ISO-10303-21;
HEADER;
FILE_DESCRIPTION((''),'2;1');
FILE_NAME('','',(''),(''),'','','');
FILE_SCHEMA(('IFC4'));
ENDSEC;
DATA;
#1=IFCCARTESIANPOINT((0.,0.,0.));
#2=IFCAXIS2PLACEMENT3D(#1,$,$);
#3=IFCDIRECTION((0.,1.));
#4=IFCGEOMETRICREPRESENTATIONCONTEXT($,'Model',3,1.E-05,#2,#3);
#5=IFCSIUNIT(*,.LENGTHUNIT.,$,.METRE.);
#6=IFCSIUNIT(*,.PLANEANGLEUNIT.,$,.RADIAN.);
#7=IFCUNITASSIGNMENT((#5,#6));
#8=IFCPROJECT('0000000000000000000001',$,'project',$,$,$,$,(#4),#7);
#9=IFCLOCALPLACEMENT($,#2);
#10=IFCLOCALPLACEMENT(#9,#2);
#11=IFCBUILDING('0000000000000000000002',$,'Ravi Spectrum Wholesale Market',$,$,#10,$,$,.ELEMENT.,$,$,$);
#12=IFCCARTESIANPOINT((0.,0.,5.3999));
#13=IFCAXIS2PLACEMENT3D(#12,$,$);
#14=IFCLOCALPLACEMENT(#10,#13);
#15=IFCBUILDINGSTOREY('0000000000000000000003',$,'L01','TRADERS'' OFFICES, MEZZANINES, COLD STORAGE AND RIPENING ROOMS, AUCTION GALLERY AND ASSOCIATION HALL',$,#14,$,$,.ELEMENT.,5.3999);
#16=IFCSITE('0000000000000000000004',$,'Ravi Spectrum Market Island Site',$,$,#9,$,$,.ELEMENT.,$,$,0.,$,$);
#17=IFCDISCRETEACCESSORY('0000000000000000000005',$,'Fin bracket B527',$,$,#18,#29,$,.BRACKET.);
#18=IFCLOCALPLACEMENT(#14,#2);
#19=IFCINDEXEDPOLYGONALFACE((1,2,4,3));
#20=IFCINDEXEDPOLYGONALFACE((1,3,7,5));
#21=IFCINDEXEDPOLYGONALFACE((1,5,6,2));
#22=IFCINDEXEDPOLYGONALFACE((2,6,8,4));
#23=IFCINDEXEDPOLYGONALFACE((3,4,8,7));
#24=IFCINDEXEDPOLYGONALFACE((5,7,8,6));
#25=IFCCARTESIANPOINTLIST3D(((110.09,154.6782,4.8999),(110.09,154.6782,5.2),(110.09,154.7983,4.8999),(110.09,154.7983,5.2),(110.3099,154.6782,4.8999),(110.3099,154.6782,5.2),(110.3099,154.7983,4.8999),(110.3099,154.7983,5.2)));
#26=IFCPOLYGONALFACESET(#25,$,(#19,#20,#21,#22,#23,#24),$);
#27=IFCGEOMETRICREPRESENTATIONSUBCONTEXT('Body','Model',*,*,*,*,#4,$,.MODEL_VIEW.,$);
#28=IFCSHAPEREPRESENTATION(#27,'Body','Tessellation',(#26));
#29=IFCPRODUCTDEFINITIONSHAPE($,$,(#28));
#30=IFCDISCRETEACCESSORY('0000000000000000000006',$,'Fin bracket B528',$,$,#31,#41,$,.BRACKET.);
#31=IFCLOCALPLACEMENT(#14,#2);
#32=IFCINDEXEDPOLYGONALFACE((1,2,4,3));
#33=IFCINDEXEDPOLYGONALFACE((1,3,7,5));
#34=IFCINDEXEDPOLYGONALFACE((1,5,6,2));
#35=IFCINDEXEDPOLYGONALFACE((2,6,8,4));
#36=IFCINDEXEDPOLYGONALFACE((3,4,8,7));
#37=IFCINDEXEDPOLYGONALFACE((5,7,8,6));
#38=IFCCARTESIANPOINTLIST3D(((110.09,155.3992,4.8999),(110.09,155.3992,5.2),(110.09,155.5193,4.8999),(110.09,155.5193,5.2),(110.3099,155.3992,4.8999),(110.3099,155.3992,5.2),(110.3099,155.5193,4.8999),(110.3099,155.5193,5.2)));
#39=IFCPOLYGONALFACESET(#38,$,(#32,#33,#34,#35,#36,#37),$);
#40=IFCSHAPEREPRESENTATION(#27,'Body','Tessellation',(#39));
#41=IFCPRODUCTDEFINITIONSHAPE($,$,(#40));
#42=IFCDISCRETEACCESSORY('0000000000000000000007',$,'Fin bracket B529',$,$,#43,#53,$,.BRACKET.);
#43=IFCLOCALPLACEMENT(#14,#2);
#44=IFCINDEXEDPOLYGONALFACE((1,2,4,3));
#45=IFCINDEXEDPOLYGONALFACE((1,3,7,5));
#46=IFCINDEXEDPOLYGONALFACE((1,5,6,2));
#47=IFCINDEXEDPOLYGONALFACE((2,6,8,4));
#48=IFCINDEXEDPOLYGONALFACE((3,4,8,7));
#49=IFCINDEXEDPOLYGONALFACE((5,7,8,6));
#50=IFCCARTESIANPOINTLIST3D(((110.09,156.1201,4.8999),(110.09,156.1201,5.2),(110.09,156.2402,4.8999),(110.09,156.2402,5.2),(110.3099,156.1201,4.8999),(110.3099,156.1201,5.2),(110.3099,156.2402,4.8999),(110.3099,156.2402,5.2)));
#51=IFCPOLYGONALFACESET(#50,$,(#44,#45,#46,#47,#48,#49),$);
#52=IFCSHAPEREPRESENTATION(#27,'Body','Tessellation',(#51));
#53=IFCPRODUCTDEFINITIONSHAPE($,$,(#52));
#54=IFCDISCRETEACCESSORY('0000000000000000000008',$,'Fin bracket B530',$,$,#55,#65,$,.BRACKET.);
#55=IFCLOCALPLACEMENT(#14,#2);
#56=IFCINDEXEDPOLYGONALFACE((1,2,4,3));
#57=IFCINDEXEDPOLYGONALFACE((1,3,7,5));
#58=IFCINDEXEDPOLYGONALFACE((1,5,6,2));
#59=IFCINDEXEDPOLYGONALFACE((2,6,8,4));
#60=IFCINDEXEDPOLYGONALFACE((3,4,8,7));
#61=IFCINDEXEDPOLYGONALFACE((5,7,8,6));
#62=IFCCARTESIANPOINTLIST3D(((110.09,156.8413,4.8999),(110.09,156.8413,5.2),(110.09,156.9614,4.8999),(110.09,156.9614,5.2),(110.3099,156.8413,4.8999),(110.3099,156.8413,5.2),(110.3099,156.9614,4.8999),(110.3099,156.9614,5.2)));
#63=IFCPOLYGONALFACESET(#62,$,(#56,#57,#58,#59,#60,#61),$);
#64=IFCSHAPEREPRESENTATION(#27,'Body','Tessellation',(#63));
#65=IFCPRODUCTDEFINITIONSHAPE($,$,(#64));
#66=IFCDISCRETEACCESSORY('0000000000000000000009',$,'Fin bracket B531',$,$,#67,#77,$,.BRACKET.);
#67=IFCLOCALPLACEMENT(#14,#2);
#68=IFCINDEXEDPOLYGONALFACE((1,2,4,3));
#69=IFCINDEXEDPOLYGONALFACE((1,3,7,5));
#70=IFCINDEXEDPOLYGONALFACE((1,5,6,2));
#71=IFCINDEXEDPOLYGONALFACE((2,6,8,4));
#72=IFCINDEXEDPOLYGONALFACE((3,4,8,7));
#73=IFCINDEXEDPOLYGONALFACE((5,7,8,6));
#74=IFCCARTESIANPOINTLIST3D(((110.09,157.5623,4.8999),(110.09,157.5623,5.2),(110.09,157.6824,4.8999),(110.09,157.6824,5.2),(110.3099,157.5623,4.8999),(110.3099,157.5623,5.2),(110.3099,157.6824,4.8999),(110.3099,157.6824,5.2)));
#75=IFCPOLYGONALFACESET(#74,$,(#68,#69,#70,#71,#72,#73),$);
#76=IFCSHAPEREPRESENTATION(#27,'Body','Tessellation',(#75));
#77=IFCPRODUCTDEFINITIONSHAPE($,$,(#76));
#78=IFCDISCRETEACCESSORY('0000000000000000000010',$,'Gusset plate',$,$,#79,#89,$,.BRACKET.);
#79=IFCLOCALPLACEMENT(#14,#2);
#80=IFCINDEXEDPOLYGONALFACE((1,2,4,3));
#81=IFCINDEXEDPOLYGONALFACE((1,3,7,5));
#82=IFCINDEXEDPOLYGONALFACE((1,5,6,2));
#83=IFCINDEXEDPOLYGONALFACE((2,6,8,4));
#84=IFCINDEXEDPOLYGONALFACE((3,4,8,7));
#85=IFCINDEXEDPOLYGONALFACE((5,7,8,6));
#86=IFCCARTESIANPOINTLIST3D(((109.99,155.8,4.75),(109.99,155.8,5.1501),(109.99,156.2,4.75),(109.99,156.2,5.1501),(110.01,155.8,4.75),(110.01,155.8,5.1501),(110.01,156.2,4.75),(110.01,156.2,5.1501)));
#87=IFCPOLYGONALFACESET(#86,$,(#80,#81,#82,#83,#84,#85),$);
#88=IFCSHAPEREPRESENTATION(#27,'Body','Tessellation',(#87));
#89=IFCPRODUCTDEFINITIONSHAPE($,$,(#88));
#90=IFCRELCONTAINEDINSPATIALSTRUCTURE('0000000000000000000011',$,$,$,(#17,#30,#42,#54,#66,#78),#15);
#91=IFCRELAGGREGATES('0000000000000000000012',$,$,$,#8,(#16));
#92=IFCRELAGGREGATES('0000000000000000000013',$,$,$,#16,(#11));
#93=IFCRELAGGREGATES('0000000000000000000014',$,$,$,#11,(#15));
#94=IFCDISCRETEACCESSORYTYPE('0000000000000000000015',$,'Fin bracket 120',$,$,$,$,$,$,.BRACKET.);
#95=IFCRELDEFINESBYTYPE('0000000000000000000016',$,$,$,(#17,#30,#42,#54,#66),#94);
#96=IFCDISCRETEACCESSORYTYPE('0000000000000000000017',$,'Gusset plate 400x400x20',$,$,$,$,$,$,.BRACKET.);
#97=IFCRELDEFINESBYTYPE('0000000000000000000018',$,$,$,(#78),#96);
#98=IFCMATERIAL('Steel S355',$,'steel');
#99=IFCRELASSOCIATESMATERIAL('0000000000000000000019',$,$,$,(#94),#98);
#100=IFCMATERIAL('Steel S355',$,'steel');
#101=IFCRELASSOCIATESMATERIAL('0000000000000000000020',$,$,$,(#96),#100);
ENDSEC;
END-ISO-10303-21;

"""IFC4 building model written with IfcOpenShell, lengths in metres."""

from ifc_helpers import new_model, si_unit, direction, frame, origin, origin_2d, place, context, subcontext, project, spatial, rectangle, extrude, material, material_profile, profile_set, type_object, element, save


model = new_model("IFC4")

# Units and contexts
model_context = context("Model", 3, precision=1e-05, world=origin(), true_north=direction((0.0, 1.0)))
body_context = subcontext(model_context, "Body", "Model", "MODEL_VIEW")
ifc_project = project(units=[si_unit("LENGTHUNIT", "METRE"), si_unit("PLANEANGLEUNIT", "RADIAN")], contexts=[model_context])

# Site, building, storey
site_placement = place(None, origin())
site = spatial("IfcSite", under=ifc_project, at=site_placement, Name="Ravi Spectrum Market Island Site", CompositionType="ELEMENT", RefElevation=0.0)
building_placement = place(site_placement, origin())
building = spatial("IfcBuilding", under=site, at=building_placement, Name="Ravi Spectrum Wholesale Market", CompositionType="ELEMENT")
storey_placement = place(building_placement, frame((0.0, 0.0, 5.3999)))
storey = spatial("IfcBuildingStorey", under=building, at=storey_placement, Name="L01", Description="TRADERS' OFFICES, MEZZANINES, COLD STORAGE AND RIPENING ROOMS, AUCTION GALLERY AND ASSOCIATION HALL", CompositionType="ELEMENT", Elevation=5.3999)

# Discrete accessories
ifc_material_1 = material(Name="Steel S355", Category="steel")
discrete_accessory_type_1 = type_object("IfcDiscreteAccessoryType", Name="Fin bracket 120", PredefinedType="BRACKET", material=ifc_material_1)
for number, where, z_axis, x_axis, name in (
    (1, (110.2, 154.7383, 4.8999), (0.0, 0.0, 1.0), (0.0, 1.0, 0.0), "Fin bracket B527"),
    (2, (110.2, 155.4592, 4.8999), (0.0, 0.0, 1.0), (0.0, 1.0, 0.0), "Fin bracket B528"),
    (3, (110.2, 156.1802, 4.8999), (0.0, 0.0, 1.0), (0.0, 1.0, 0.0), "Fin bracket B529"),
    (4, (110.2, 156.9014, 4.8999), (0.0, 0.0, 1.0), (0.0, 1.0, 0.0), "Fin bracket B530"),
    (5, (110.2, 157.6223, 4.8999), (0.0, 0.0, 1.0), (0.0, 1.0, 0.0), "Fin bracket B531"),
):
    element("IfcDiscreteAccessory", number, at=place(storey_placement, frame(where, z_axis=z_axis, x_axis=x_axis)), inside=storey, type_object=discrete_accessory_type_1, Name=name, PredefinedType="BRACKET", context=body_context, shape_type="SweptSolid", body=[
        extrude(rectangle(XDim=0.1201, YDim=0.22, at=origin_2d()), origin(), (0.0, 0.0, 1.0), 0.3),
    ])
ifc_material_2 = material(Name="Steel S355", Category="steel")
ifc_material_profile_1 = material_profile(ifc_material_2, rectangle(XDim=0.3999, YDim=0.02, at=origin_2d()))
ifc_profile_set_1 = profile_set([ifc_material_profile_1], Name="Steel S355")
discrete_accessory_type_2 = type_object("IfcDiscreteAccessoryType", Name="Gusset plate 400x400x20", PredefinedType="BRACKET", material=ifc_profile_set_1)
discrete_accessory_placement = place(storey_placement, frame((110.0, 156.0, 4.75), z_axis=(0.0, 0.0, 1.0), x_axis=(0.0, 1.0, 0.0)))
element("IfcDiscreteAccessory", 6, at=discrete_accessory_placement, inside=storey, type_object=discrete_accessory_type_2, Name="Gusset plate", PredefinedType="BRACKET", context=body_context, shape_type="SweptSolid", body=[
    extrude(rectangle(XDim=0.3999, YDim=0.02, at=origin_2d()), origin(), (0.0, 0.0, 1.0), 0.4001),
])

save(model, "model.ifc")
